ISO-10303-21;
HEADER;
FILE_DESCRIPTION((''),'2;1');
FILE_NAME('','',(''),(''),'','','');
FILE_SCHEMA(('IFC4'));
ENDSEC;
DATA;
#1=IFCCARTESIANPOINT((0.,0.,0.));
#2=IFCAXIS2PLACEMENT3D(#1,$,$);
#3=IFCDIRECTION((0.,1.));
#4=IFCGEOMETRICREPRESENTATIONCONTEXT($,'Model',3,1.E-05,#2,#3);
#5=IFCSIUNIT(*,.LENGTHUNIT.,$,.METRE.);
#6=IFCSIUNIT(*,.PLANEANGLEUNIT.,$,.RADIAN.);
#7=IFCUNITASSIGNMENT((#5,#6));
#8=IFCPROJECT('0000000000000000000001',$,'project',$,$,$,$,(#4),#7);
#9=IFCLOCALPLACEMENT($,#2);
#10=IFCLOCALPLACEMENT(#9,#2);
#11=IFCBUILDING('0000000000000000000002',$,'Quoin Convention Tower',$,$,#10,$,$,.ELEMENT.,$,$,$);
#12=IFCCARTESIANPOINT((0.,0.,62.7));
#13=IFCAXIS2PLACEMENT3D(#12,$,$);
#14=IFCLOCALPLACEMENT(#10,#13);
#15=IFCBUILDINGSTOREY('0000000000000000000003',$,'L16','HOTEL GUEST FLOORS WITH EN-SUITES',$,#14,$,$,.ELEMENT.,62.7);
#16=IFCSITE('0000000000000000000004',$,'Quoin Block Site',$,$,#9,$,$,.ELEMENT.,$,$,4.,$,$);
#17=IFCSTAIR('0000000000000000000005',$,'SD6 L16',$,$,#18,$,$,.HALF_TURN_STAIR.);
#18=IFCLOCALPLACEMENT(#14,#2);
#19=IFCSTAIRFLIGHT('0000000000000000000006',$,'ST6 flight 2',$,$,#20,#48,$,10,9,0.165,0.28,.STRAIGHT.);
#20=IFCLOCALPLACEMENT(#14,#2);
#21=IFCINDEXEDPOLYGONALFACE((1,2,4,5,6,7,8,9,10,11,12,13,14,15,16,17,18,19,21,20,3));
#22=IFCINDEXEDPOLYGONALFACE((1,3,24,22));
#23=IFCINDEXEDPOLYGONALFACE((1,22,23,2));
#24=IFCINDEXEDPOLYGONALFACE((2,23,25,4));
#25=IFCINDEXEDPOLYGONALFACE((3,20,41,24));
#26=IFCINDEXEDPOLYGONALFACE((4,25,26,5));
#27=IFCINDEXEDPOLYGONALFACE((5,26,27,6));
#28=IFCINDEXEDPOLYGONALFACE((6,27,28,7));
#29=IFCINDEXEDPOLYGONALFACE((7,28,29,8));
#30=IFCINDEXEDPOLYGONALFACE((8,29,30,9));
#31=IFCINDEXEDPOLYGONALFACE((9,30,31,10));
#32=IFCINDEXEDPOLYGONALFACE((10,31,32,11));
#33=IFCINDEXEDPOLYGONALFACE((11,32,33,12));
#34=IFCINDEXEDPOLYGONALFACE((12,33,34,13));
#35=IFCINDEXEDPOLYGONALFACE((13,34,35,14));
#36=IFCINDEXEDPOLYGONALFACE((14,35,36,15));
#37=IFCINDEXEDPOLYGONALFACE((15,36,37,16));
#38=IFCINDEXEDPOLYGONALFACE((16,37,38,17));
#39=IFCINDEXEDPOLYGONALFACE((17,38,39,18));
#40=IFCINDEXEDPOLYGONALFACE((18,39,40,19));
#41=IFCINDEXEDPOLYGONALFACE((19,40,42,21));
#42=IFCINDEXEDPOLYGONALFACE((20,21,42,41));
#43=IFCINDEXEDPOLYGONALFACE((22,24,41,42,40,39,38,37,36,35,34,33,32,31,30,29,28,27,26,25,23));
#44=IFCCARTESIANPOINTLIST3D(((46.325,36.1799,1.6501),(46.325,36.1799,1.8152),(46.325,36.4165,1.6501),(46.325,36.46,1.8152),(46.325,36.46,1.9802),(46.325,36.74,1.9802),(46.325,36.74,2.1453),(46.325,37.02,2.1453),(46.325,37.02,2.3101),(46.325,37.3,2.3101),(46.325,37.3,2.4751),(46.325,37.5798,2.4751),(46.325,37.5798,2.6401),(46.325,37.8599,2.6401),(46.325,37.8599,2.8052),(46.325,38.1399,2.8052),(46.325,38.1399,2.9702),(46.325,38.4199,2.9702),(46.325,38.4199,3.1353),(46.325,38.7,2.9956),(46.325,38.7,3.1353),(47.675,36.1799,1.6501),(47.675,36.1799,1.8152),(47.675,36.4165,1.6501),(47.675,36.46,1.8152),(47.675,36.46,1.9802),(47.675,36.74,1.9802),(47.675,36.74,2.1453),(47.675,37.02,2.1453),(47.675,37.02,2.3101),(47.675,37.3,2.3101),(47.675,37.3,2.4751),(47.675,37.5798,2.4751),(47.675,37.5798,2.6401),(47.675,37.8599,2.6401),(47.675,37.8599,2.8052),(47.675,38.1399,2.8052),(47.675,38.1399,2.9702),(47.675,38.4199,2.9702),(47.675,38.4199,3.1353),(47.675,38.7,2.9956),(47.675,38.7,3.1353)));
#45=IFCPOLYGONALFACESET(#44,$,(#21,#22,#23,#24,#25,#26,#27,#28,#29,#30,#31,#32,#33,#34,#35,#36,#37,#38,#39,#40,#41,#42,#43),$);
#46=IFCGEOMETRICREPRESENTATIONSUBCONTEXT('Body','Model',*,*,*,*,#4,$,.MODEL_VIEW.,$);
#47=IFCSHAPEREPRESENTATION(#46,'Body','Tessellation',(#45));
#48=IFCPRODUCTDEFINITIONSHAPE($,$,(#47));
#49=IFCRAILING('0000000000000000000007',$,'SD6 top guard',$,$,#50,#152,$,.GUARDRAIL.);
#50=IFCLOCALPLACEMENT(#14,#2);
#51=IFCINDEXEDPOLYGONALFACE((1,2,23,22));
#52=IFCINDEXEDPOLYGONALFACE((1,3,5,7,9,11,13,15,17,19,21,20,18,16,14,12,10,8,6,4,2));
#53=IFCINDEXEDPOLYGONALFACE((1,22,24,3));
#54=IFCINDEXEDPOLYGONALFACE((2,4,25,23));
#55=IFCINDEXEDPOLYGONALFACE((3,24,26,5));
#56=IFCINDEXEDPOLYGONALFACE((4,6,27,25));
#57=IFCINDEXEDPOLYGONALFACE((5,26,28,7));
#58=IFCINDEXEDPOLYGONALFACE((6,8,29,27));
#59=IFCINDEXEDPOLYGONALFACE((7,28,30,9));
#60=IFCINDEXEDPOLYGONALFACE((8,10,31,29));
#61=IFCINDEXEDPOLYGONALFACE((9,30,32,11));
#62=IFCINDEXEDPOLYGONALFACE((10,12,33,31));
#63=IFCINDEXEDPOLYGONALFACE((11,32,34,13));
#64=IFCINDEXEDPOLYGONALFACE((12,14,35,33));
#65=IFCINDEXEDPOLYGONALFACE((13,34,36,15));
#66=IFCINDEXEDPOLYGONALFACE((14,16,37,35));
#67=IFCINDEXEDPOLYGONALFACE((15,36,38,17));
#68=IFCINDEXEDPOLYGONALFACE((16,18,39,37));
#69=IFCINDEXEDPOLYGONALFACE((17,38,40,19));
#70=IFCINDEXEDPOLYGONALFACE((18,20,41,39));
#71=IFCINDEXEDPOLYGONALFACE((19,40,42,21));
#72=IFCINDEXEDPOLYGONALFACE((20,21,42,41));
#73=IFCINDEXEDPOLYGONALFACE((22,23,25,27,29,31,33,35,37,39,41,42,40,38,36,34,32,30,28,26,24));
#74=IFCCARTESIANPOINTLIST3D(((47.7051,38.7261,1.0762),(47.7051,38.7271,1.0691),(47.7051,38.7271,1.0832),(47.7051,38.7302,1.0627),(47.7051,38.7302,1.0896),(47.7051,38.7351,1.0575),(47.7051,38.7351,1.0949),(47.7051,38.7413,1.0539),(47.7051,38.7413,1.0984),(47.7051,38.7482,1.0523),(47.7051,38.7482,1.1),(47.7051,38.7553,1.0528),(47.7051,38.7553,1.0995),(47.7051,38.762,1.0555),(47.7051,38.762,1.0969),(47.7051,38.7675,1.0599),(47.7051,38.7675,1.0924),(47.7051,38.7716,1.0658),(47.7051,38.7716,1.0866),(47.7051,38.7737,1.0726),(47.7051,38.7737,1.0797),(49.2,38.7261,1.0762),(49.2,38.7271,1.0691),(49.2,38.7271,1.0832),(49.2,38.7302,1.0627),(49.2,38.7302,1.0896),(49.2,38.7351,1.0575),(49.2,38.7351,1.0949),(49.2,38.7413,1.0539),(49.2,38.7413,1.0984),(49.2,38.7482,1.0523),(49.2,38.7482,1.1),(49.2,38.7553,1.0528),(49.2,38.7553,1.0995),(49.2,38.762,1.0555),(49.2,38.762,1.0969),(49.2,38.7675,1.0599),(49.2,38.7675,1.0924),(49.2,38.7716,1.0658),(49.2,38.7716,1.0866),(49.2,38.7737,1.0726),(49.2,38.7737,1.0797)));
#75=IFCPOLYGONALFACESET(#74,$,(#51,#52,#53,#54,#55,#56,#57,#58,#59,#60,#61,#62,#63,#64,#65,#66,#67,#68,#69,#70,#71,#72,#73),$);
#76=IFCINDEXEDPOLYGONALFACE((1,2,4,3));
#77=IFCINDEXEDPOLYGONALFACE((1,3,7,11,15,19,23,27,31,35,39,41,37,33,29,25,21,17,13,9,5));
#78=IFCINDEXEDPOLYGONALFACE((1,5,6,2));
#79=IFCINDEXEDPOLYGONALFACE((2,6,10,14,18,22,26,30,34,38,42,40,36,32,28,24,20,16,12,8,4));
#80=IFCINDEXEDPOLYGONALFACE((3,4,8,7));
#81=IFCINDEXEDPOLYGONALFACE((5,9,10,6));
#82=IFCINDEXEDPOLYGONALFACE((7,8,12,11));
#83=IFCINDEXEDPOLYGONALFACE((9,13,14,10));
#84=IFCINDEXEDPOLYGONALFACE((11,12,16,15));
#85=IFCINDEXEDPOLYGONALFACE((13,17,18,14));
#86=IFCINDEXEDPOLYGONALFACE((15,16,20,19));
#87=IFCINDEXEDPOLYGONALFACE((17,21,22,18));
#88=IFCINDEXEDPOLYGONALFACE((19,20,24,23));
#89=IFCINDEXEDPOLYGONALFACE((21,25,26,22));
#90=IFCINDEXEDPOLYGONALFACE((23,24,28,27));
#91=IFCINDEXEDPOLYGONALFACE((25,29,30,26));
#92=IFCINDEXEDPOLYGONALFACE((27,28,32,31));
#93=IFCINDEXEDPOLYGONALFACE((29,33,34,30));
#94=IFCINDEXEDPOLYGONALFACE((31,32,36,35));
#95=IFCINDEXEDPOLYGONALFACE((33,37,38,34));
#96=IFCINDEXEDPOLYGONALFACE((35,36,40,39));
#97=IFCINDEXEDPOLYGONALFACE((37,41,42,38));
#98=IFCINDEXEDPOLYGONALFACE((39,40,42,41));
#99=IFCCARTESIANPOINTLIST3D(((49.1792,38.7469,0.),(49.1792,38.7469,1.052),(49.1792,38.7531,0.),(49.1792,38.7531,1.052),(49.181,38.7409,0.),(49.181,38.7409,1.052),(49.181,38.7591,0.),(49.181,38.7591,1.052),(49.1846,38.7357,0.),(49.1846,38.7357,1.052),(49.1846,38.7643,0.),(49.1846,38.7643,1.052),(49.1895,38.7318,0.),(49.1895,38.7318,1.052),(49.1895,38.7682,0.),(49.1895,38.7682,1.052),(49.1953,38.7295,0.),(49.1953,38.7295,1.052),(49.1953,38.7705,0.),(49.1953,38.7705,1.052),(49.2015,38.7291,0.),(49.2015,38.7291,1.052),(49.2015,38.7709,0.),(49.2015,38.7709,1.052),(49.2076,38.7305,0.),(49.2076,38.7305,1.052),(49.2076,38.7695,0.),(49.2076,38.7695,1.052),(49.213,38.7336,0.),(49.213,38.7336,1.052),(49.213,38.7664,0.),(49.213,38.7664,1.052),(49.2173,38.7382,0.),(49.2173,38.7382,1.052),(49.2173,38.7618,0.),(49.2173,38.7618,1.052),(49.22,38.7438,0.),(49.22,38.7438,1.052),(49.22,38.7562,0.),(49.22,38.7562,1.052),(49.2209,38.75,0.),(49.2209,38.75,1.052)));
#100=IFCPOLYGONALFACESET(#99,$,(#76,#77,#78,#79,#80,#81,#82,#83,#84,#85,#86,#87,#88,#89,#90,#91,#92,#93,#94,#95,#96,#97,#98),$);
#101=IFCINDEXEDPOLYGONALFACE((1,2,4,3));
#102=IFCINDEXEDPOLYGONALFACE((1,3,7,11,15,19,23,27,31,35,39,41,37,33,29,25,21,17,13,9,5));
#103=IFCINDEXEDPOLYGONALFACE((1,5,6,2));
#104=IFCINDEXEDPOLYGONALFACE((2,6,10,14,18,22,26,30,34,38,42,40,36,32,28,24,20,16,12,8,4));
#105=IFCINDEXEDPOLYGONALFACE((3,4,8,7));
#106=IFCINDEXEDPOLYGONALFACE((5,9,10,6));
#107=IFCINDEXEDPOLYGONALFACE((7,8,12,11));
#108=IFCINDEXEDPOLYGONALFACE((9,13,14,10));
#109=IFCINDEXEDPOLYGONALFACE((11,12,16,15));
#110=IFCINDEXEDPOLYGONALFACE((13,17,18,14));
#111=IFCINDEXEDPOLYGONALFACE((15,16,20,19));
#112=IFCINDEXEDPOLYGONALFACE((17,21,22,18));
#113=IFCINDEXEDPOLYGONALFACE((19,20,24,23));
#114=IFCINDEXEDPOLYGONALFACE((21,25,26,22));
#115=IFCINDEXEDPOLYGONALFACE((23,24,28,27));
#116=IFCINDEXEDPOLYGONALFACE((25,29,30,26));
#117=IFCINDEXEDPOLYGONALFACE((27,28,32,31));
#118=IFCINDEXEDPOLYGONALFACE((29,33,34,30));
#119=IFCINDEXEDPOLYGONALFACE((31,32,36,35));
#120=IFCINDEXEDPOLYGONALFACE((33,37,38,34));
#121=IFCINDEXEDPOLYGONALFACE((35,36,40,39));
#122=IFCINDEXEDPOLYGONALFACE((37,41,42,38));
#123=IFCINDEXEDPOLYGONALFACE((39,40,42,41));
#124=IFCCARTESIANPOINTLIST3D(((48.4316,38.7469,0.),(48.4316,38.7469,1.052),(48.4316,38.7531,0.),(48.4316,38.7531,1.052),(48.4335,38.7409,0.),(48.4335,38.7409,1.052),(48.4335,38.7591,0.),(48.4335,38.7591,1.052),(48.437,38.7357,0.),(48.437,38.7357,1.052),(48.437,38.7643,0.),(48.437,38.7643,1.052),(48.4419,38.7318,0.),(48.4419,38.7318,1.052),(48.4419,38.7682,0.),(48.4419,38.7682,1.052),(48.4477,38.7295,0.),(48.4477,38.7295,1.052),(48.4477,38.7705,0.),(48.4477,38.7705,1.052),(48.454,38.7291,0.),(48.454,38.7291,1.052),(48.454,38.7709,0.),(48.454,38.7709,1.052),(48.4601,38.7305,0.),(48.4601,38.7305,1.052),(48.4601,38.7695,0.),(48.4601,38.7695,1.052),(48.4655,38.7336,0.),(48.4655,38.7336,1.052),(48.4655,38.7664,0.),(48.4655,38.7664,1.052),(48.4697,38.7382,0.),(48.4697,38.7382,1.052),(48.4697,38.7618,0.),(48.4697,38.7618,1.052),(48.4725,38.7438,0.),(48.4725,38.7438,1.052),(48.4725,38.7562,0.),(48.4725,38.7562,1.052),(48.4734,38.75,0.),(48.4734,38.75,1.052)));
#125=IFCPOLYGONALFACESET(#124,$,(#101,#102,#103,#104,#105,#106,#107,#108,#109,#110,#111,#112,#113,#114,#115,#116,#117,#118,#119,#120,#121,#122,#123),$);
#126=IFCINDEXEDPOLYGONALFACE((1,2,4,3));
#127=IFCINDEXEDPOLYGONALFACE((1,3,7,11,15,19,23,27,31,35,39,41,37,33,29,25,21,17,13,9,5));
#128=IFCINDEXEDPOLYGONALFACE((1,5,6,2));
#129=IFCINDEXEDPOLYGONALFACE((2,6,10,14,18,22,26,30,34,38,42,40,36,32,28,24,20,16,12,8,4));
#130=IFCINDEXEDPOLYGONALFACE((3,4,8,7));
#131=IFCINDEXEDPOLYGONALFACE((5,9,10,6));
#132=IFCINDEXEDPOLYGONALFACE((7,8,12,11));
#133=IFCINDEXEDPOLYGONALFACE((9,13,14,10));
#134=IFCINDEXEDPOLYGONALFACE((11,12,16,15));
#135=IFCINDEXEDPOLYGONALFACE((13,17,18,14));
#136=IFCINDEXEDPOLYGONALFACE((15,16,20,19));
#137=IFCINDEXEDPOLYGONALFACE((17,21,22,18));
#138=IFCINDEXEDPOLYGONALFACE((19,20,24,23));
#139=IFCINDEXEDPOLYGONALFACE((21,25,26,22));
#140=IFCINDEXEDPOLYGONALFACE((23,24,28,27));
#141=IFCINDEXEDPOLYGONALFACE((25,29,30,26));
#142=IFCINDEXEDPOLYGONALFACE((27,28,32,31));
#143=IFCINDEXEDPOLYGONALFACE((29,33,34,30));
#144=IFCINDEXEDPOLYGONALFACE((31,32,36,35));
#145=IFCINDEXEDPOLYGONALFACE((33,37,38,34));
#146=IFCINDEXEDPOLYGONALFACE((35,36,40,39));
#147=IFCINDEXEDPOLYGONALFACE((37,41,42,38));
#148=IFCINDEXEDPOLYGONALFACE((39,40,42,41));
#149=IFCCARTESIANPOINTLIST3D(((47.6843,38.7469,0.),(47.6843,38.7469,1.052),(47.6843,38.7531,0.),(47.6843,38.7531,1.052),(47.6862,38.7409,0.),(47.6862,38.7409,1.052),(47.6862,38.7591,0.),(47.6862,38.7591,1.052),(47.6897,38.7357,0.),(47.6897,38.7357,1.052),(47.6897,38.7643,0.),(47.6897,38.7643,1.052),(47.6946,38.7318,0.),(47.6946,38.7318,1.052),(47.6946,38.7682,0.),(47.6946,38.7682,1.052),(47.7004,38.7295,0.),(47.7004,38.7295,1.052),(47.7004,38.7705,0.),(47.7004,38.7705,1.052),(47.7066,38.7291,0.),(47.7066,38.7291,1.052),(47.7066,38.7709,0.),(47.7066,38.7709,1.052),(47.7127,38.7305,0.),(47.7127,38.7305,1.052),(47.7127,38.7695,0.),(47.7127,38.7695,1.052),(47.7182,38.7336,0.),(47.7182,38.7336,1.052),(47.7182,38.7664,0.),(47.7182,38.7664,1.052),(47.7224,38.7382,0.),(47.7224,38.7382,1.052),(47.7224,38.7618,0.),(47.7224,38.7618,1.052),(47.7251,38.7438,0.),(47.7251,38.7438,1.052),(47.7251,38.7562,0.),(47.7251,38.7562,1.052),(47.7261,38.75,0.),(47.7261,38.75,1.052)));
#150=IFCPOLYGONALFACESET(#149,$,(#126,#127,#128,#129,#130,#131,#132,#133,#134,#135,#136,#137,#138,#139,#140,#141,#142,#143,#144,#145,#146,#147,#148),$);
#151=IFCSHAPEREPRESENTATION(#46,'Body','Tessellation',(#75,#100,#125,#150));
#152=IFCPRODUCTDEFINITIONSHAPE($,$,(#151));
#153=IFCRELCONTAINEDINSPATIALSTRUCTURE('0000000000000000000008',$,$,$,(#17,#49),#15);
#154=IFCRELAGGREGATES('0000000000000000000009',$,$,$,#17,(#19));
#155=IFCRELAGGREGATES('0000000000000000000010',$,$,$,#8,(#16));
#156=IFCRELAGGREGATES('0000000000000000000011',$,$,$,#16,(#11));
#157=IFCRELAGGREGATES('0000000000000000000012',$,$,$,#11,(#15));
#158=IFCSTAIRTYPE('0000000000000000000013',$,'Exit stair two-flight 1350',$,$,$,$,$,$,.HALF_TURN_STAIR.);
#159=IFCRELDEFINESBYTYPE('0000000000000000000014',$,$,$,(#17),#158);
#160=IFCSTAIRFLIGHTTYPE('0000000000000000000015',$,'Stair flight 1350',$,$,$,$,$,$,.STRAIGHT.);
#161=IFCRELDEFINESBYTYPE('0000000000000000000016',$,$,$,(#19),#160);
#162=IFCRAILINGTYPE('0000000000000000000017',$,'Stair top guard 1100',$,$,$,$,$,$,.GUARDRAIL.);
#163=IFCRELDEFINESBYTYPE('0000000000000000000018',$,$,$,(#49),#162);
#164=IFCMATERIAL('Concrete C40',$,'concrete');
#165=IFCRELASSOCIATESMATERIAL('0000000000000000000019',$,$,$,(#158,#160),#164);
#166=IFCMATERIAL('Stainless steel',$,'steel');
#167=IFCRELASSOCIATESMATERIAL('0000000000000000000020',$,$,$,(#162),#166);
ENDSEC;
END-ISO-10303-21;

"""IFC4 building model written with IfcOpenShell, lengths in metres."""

from ifc_helpers import new_model, si_unit, direction, frame, origin, origin_2d, place, context, subcontext, project, spatial, polyline, circle, outline, extrude, material, type_object, element, aggregate, save


model = new_model("IFC4")

# Units and contexts
model_context = context("Model", 3, precision=1e-05, world=origin(), true_north=direction((0.0, 1.0)))
body_context = subcontext(model_context, "Body", "Model", "MODEL_VIEW")
ifc_project = project(units=[si_unit("LENGTHUNIT", "METRE"), si_unit("PLANEANGLEUNIT", "RADIAN")], contexts=[model_context])

# Site, building, storey
site_placement = place(None, origin())
site = spatial("IfcSite", under=ifc_project, at=site_placement, Name="Quoin Block Site", CompositionType="ELEMENT", RefElevation=4.0)
building_placement = place(site_placement, origin())
building = spatial("IfcBuilding", under=site, at=building_placement, Name="Quoin Convention Tower", CompositionType="ELEMENT")
storey_placement = place(building_placement, frame((0.0, 0.0, 62.7)))
storey = spatial("IfcBuildingStorey", under=building, at=storey_placement, Name="L16", Description="HOTEL GUEST FLOORS WITH EN-SUITES", CompositionType="ELEMENT", Elevation=62.7)

# Shared definitions
ifc_material_1 = material(Name="Concrete C40", Category="concrete")
stair_type = type_object("IfcStairType", Name="Exit stair two-flight 1350", PredefinedType="HALF_TURN_STAIR", material=ifc_material_1)
stair_flight_type = type_object("IfcStairFlightType", Name="Stair flight 1350", PredefinedType="STRAIGHT", material=ifc_material_1)

# Stair, stair flight
stair_1_placement = place(storey_placement, origin())
stair_1 = element("IfcStair", 1, at=stair_1_placement, inside=storey, type_object=stair_type, Name="SD6 L16", PredefinedType="HALF_TURN_STAIR")
stair_flight_1_placement = place(storey_placement, frame((47.0, 36.1799, 1.6501), z_axis=(0.0, 0.0, 1.0), x_axis=(0.0, 1.0, 0.0)))
stair_flight_1 = element("IfcStairFlight", 2, at=stair_flight_1_placement, type_object=stair_flight_type, Name="ST6 flight 2", NumberOfRisers=10, NumberOfTreads=9, PredefinedType="STRAIGHT", RiserHeight=0.165, TreadLength=0.28, context=body_context, shape_type="SweptSolid", body=[
    extrude(outline(polyline([(0.0, 0.0), (0.0, 0.165), (0.28, 0.165), (0.28, 0.3301), (0.5601, 0.3301), (0.5601, 0.4951), (0.8401, 0.4951), (0.8401, 0.6599), (1.1201, 0.6599), (1.1201, 0.825), (1.3999, 0.825), (1.3999, 0.99), (1.6799, 0.99), (1.6799, 1.155), (1.96, 1.155), (1.96, 1.3201), (2.24, 1.3201), (2.24, 1.4851), (2.52, 1.4851), (2.52, 1.6499), (2.52, 1.3455), (0.2366, 0.0), (0.0, 0.0)])), frame((0.0, 0.675, 0.0), z_axis=(0.0, -1.0, 0.0), x_axis=(1.0, 0.0, 0.0)), (0.0, 0.0, 1.0), 1.3501),
])
aggregate(stair_1, [stair_flight_1])

# Railing
ifc_material_2 = material(Name="Stainless steel", Category="steel")
railing_type_1 = type_object("IfcRailingType", Name="Stair top guard 1100", PredefinedType="GUARDRAIL", material=ifc_material_2)
railing_1_placement = place(storey_placement, frame((49.2, 38.75, 0.0)))
element("IfcRailing", 3, at=railing_1_placement, inside=storey, type_object=railing_type_1, Name="SD6 top guard", PredefinedType="GUARDRAIL", context=body_context, shape_type="SweptSolid", body=[
    extrude(circle(Radius=0.0239, at=origin_2d()), frame((0.0, 0.0, 1.0762), z_axis=(-1.0, 0.0, 0.0), x_axis=(0.0, -1.0, 0.0)), (0.0, 0.0, 1.0), 1.4949),
    extrude(circle(Radius=0.021, at=origin_2d()), origin(), (0.0, 0.0, 1.0), 1.052),
    extrude(circle(Radius=0.021, at=origin_2d()), frame((-0.7476, 0.0, 0.0)), (0.0, 0.0, 1.0), 1.052),
    extrude(circle(Radius=0.021, at=origin_2d()), frame((-1.4949, 0.0, 0.0)), (0.0, 0.0, 1.0), 1.052),
])

save(model, "model.ifc")
